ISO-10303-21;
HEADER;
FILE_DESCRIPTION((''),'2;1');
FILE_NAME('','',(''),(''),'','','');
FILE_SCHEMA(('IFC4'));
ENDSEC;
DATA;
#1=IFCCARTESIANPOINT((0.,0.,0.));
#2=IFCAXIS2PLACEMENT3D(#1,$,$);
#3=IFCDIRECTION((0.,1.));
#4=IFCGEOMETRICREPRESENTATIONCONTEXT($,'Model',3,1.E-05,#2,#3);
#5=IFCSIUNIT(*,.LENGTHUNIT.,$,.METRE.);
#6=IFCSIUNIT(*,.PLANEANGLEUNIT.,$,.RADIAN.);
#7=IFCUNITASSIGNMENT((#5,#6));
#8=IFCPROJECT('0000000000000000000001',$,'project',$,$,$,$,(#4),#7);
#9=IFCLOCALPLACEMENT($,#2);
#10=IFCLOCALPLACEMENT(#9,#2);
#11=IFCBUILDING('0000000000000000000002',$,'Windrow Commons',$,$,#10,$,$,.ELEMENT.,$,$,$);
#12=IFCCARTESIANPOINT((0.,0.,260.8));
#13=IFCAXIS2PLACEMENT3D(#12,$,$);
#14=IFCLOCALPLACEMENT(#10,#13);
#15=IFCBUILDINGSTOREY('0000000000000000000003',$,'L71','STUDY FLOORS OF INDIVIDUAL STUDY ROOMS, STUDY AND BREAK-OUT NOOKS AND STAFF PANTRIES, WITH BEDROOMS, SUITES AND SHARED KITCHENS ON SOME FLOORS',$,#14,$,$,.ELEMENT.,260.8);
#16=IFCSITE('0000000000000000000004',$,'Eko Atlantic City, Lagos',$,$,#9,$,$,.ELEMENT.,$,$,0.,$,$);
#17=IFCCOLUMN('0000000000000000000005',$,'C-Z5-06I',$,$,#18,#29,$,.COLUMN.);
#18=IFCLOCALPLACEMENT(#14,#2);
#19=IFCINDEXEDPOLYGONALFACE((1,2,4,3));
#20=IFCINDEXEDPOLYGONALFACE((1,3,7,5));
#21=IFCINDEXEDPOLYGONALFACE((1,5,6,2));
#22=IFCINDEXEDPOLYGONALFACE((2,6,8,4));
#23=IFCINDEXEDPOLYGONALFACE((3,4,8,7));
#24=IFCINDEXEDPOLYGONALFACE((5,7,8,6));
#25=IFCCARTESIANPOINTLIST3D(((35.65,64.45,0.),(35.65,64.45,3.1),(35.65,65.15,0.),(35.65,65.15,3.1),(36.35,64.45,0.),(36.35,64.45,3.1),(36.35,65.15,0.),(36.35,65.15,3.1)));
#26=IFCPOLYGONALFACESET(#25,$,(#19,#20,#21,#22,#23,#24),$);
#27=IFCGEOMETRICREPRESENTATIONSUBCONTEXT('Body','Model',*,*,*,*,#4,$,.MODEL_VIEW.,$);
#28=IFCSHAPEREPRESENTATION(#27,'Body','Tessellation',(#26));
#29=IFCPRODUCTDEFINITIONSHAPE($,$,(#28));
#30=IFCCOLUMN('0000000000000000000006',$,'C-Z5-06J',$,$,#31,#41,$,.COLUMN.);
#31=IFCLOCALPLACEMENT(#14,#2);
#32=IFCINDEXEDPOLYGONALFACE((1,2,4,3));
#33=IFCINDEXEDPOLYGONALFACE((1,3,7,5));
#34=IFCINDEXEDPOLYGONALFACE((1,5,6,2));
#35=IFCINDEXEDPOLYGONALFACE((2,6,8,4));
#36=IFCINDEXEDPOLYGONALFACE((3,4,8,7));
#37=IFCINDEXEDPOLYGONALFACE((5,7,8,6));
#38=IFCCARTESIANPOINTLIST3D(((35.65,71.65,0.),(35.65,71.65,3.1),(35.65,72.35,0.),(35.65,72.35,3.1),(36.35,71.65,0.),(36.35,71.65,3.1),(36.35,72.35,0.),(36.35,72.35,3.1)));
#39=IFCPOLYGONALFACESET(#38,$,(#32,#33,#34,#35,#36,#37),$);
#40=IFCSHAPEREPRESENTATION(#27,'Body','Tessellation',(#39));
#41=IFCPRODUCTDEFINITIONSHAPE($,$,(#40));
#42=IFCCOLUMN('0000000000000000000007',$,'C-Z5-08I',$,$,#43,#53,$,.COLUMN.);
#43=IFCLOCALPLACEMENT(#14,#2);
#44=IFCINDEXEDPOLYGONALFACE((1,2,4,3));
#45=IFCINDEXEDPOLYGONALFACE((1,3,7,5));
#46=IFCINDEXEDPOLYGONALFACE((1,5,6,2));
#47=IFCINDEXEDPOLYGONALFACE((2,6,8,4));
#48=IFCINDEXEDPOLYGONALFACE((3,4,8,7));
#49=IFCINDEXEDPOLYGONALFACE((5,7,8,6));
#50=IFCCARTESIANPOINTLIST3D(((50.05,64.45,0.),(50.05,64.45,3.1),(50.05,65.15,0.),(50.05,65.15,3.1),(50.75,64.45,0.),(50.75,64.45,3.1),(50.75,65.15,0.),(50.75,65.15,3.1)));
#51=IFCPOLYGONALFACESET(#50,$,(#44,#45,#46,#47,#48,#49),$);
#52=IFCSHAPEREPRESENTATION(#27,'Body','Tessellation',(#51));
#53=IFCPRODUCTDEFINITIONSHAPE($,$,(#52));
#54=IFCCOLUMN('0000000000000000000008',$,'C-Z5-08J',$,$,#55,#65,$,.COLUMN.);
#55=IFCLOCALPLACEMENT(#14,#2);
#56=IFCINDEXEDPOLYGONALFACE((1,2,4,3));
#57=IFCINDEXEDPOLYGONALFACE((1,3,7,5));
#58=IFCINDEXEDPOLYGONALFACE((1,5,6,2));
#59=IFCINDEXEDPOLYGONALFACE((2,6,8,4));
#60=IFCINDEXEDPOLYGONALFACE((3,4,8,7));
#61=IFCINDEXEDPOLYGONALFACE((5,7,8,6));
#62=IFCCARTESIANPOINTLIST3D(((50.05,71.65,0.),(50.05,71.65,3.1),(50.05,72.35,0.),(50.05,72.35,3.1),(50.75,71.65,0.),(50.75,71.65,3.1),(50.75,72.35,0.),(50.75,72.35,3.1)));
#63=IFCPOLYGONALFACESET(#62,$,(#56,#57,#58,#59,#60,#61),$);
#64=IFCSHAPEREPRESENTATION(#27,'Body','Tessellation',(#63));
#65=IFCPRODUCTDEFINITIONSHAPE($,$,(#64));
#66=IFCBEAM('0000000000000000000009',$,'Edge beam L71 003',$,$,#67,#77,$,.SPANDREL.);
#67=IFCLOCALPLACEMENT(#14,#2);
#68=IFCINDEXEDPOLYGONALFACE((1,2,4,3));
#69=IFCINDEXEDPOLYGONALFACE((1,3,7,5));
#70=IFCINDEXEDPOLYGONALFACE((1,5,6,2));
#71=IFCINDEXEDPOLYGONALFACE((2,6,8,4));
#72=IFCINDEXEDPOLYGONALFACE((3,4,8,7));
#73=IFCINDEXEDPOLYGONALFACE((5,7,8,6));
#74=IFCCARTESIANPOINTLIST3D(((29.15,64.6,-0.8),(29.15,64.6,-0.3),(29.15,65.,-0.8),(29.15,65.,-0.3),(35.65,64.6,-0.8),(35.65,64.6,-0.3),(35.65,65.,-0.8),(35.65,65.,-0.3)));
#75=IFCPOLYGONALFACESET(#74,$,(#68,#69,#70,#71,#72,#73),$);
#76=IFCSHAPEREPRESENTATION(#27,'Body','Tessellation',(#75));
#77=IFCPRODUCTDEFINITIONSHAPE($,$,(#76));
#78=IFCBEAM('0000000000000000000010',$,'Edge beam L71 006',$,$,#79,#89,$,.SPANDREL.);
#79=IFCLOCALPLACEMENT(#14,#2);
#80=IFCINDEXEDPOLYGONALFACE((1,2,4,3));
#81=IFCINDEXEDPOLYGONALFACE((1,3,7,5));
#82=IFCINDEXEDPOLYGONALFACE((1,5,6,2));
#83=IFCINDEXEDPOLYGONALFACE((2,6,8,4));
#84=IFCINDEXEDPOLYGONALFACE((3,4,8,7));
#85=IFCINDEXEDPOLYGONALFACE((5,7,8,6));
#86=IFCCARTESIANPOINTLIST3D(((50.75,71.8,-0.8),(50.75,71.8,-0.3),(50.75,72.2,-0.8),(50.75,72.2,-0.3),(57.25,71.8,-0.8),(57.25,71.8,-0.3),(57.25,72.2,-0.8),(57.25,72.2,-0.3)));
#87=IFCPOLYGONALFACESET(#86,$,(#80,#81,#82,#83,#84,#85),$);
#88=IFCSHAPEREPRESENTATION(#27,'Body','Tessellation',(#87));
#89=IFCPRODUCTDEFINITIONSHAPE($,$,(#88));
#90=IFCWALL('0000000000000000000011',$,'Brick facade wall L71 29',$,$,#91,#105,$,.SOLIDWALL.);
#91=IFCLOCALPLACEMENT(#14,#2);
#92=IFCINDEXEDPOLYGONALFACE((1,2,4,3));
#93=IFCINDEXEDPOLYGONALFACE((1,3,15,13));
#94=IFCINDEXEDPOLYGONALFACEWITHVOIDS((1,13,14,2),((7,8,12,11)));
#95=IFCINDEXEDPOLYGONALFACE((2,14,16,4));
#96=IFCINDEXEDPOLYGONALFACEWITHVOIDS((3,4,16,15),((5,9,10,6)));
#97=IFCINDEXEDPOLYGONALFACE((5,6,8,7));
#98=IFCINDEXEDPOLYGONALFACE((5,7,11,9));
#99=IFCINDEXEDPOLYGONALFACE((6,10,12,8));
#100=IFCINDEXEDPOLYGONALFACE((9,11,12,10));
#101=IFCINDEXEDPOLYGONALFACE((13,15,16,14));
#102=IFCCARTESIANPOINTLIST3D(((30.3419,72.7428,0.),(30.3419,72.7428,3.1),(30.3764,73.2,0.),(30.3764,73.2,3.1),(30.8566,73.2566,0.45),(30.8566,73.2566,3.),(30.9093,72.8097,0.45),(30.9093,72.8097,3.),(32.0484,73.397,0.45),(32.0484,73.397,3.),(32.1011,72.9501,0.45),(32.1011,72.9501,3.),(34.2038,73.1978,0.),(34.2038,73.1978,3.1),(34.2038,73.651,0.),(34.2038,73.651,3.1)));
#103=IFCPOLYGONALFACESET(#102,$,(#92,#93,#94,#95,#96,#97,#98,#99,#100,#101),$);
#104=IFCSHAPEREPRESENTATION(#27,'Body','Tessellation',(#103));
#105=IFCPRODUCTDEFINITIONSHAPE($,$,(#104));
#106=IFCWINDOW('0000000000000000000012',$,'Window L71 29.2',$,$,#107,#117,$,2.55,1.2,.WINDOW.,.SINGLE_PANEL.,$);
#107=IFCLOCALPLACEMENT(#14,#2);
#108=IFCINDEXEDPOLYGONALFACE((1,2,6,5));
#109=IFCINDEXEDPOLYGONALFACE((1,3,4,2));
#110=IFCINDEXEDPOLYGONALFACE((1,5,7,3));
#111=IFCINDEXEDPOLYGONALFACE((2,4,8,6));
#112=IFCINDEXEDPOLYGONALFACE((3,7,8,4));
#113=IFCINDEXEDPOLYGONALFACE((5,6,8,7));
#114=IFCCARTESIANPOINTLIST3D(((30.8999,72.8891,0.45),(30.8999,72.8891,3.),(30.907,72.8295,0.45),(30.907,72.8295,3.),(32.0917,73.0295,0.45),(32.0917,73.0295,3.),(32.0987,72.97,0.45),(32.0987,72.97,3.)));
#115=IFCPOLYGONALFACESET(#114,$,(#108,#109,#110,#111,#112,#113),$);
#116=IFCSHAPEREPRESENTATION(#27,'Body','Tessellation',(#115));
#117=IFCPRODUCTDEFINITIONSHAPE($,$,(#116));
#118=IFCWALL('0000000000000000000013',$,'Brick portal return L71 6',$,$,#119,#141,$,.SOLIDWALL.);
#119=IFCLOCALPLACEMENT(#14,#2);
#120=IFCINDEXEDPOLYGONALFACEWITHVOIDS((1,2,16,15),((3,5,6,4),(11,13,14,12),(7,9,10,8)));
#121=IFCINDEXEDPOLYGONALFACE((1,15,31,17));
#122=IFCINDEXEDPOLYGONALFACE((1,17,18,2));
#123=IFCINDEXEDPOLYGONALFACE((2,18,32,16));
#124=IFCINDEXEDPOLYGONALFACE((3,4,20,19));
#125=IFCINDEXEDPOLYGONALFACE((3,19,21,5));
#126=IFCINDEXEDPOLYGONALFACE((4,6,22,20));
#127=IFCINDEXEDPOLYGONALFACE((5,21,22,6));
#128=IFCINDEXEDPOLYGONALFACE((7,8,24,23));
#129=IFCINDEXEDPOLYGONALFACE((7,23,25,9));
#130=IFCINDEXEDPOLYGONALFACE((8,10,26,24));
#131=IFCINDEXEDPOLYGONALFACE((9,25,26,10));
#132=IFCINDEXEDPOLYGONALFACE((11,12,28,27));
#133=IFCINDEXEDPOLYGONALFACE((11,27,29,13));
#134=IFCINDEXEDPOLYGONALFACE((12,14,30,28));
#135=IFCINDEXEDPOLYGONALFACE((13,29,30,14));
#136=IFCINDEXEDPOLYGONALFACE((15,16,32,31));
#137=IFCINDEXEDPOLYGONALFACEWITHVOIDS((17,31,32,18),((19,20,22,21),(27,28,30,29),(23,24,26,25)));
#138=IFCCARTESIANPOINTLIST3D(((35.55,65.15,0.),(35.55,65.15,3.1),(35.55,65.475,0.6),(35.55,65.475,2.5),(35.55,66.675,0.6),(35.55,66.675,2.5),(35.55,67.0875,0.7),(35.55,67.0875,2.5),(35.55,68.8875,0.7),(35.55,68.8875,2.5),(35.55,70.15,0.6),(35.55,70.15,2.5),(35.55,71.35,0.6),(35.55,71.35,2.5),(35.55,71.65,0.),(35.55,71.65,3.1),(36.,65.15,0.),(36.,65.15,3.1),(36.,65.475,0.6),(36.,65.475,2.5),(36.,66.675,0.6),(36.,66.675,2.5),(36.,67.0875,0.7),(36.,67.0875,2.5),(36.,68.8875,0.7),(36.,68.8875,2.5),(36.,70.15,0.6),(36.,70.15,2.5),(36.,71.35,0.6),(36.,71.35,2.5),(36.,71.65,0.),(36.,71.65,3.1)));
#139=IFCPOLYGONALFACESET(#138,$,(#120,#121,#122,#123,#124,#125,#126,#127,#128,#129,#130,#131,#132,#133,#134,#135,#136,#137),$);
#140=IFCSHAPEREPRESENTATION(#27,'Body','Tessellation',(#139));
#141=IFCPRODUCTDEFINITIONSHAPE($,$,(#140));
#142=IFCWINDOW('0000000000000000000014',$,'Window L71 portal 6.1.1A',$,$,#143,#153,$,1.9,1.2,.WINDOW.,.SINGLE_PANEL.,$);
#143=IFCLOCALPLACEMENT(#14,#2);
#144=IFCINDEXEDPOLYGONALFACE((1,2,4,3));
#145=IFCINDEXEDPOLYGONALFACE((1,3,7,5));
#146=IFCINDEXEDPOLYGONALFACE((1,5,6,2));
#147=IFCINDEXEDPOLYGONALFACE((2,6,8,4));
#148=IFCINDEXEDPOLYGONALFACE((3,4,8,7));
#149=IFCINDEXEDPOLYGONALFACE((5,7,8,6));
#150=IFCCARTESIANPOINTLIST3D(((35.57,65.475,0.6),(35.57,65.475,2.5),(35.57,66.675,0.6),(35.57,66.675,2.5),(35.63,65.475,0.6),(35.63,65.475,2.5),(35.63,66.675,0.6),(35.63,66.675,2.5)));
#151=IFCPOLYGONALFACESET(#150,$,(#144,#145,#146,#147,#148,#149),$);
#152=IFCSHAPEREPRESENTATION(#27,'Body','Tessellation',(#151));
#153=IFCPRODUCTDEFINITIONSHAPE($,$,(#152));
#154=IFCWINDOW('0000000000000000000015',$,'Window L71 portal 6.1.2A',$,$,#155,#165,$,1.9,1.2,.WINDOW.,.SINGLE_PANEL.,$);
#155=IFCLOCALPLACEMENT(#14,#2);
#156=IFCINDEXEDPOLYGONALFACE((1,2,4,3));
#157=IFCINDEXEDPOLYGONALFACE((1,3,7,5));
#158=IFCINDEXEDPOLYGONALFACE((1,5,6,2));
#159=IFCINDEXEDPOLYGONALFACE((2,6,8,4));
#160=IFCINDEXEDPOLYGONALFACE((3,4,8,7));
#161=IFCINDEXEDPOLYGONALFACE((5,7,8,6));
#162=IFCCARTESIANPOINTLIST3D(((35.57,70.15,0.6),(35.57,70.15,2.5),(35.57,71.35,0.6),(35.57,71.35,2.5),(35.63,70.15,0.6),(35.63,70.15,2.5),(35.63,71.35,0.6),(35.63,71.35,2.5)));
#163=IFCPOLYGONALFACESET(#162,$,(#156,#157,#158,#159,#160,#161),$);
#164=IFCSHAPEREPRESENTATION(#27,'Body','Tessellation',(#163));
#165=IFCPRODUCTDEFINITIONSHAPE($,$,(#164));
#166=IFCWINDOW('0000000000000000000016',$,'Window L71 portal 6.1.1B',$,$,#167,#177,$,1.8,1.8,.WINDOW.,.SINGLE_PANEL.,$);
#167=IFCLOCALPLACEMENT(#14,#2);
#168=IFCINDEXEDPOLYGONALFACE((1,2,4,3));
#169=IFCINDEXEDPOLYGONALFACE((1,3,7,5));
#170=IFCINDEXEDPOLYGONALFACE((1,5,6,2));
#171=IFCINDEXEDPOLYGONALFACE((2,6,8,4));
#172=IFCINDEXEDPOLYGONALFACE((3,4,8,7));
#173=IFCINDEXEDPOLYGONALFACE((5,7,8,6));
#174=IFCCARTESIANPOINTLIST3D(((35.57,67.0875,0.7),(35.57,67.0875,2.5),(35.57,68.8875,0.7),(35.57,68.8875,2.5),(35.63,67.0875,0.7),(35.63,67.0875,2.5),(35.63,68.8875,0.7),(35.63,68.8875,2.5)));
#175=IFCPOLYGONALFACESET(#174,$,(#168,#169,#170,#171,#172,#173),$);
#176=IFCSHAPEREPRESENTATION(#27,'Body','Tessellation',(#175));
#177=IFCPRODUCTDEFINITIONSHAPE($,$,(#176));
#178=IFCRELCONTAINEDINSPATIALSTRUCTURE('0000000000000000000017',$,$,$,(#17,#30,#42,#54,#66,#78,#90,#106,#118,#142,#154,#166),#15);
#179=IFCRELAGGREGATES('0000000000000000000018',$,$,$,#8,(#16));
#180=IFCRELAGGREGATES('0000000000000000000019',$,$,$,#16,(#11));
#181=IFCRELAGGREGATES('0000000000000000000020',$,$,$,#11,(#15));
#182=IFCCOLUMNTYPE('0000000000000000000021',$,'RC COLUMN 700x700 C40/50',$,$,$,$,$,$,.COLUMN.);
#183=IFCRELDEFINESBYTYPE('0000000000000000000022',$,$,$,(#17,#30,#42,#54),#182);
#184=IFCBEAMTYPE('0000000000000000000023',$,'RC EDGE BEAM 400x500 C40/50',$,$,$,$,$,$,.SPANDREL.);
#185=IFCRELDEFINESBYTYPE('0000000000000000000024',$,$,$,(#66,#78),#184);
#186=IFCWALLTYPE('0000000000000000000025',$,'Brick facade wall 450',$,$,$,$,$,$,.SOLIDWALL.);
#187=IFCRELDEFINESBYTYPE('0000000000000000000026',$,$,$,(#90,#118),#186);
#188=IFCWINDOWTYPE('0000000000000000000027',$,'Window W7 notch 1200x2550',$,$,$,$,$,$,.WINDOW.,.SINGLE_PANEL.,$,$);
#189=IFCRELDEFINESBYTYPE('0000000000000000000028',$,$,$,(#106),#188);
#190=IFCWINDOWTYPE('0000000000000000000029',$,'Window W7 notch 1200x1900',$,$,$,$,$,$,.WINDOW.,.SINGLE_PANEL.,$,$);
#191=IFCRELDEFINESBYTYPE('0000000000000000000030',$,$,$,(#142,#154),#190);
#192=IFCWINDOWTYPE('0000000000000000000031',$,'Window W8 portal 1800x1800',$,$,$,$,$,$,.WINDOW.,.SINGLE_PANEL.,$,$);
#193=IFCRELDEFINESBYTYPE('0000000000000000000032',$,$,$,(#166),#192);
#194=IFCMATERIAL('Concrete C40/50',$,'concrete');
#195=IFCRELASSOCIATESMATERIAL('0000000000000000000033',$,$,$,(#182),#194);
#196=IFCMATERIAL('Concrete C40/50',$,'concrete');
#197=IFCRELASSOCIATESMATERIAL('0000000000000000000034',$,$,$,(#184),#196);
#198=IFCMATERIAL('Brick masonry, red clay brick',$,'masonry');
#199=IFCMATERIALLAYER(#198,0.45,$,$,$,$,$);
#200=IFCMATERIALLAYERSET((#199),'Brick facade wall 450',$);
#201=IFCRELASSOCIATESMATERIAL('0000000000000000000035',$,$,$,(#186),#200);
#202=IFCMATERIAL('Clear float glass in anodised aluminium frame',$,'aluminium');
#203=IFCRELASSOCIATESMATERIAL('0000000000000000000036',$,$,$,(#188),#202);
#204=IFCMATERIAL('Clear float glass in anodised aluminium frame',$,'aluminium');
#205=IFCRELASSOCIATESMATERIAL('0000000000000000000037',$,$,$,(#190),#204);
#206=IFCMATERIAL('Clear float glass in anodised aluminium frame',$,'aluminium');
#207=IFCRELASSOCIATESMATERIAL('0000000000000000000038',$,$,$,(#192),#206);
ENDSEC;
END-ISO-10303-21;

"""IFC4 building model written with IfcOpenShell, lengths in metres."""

from ifc_helpers import new_model, si_unit, direction, frame, frame_2d, origin, origin_2d, place, context, subcontext, project, spatial, polyline, rectangle, outline, extrude, material, layer, layer_set, material_profile, profile_set, type_object, element, fill, save


model = new_model("IFC4")

# Units and contexts
model_context = context("Model", 3, precision=1e-05, world=origin(), true_north=direction((0.0, 1.0)))
body_context = subcontext(model_context, "Body", "Model", "MODEL_VIEW")
ifc_project = project(units=[si_unit("LENGTHUNIT", "METRE"), si_unit("PLANEANGLEUNIT", "RADIAN")], contexts=[model_context])

# Site, building, storey
site_placement = place(None, origin())
site = spatial("IfcSite", under=ifc_project, at=site_placement, Name="Eko Atlantic City, Lagos", CompositionType="ELEMENT", RefElevation=0.0)
building_placement = place(site_placement, origin())
building = spatial("IfcBuilding", under=site, at=building_placement, Name="Windrow Commons", CompositionType="ELEMENT")
storey_placement = place(building_placement, frame((0.0, 0.0, 260.8)))
storey = spatial("IfcBuildingStorey", under=building, at=storey_placement, Name="L71", Description="STUDY FLOORS OF INDIVIDUAL STUDY ROOMS, STUDY AND BREAK-OUT NOOKS AND STAFF PANTRIES, WITH BEDROOMS, SUITES AND SHARED KITCHENS ON SOME FLOORS", CompositionType="ELEMENT", Elevation=260.8)

# Columns
ifc_material_1 = material(Name="Concrete C40/50", Category="concrete")
ifc_material_profile_1 = material_profile(ifc_material_1, rectangle(XDim=0.7, YDim=0.7, at=origin_2d()))
ifc_profile_set_1 = profile_set([ifc_material_profile_1], Name="Concrete C40/50")
column_type = type_object("IfcColumnType", Name="RC COLUMN 700x700 C40/50", PredefinedType="COLUMN", material=ifc_profile_set_1)
for number, where, z_axis, x_axis, name in (
    (1, (36.0, 64.8, 0.0), (0.0, 0.0, 1.0), (1.0, 0.0, 0.0), "C-Z5-06I"),
    (2, (36.0, 72.0, 0.0), (0.0, 0.0, 1.0), (1.0, 0.0, 0.0), "C-Z5-06J"),
    (3, (50.4, 64.8, 0.0), (0.0, 0.0, 1.0), (1.0, 0.0, 0.0), "C-Z5-08I"),
    (4, (50.4, 72.0, 0.0), (0.0, 0.0, 1.0), (1.0, 0.0, 0.0), "C-Z5-08J"),
):
    element("IfcColumn", number, at=place(storey_placement, frame(where, z_axis=z_axis, x_axis=x_axis)), inside=storey, type_object=column_type, Name=name, PredefinedType="COLUMN", context=body_context, shape_type="SweptSolid", body=[
        extrude(rectangle(XDim=0.7, YDim=0.7, at=origin_2d()), origin(), (0.0, 0.0, 1.0), 3.1),
    ])

# Beams
ifc_material_2 = material(Name="Concrete C40/50", Category="concrete")
ifc_material_profile_2 = material_profile(ifc_material_2, rectangle(XDim=0.4, YDim=0.5, at=origin_2d()))
ifc_profile_set_2 = profile_set([ifc_material_profile_2], Name="Concrete C40/50")
beam_type = type_object("IfcBeamType", Name="RC EDGE BEAM 400x500 C40/50", PredefinedType="SPANDREL", material=ifc_profile_set_2)
for number, where, z_axis, x_axis, name in (
    (5, (35.65, 64.8, -0.55), (-1.0, 0.0, 0.0), (0.0, -1.0, 0.0), "Edge beam L71 003"),
    (6, (50.75, 72.0, -0.55), (1.0, 0.0, 0.0), (0.0, 1.0, 0.0), "Edge beam L71 006"),
):
    element("IfcBeam", number, at=place(storey_placement, frame(where, z_axis=z_axis, x_axis=x_axis)), inside=storey, type_object=beam_type, Name=name, PredefinedType="SPANDREL", context=body_context, shape_type="SweptSolid", body=[
        extrude(rectangle(XDim=0.4, YDim=0.5, at=origin_2d()), origin(), (0.0, 0.0, 1.0), 6.5),
    ])

# Wall, opening, window
ifc_material_3 = material(Name="Brick masonry, red clay brick", Category="masonry")
ifc_layer_1 = layer(ifc_material_3, 0.45)
ifc_layer_set_1 = layer_set([ifc_layer_1], Name="Brick facade wall 450")
wall_type_1 = type_object("IfcWallType", Name="Brick facade wall 450", PredefinedType="SOLIDWALL", material=ifc_layer_set_1)
wall_1_placement = place(storey_placement, frame((34.2038, 73.4244, 0.0), z_axis=(0.0, 0.0, 1.0), x_axis=(-0.99313, -0.117015, 0.0)))
wall_1 = element("IfcWall", 7, at=wall_1_placement, inside=storey, type_object=wall_type_1, Name="Brick facade wall L71 29", PredefinedType="SOLIDWALL", context=body_context, shape_type="SweptSolid", body=[
    extrude(outline(polyline([(-0.0265, -0.225), (3.8274, -0.225), (3.9151, 0.225), (0.0265, 0.225), (-0.0265, -0.225)])), origin(), (0.0, 0.0, 1.0), 3.1),
])
opening_1_placement = place(wall_1_placement, frame((2.1438, 0.0, 0.45)))
opening_1 = element("IfcOpeningElement", 8, at=opening_1_placement, cuts=wall_1, PredefinedType="OPENING", context=body_context, shape_type="SweptSolid", body=[
    extrude(rectangle(XDim=1.2, YDim=2.55, at=frame_2d((0.6, 1.275))), frame((0.0, 0.235, 0.0), z_axis=(0.0, -1.0, 0.0), x_axis=(1.0, 0.0, 0.0)), (0.0, 0.0, 1.0), 0.47),
])
ifc_material_4 = material(Name="Clear float glass in anodised aluminium frame", Category="aluminium")
window_type_1 = type_object("IfcWindowType", Name="Window W7 notch 1200x2550", PartitioningType="SINGLE_PANEL", PredefinedType="WINDOW", material=ifc_material_4)
window_1_placement = place(opening_1_placement, origin())
window_1 = element("IfcWindow", 9, at=window_1_placement, inside=storey, type_object=window_type_1, Name="Window L71 29.2", OverallHeight=2.55, OverallWidth=1.2, PartitioningType="SINGLE_PANEL", PredefinedType="WINDOW", context=body_context, shape_type="SweptSolid", body=[
    extrude(rectangle(XDim=1.2, YDim=2.55, at=frame_2d((0.6, 1.275))), frame((0.0, 0.205, 0.0), z_axis=(0.0, -1.0, 0.0), x_axis=(1.0, 0.0, 0.0)), (0.0, 0.0, 1.0), 0.06),
])
fill(opening_1, window_1)

# Wall, openings, windows
wall_2_placement = place(storey_placement, frame((35.775, 65.15, 0.0), z_axis=(0.0, 0.0, 1.0), x_axis=(0.0, 1.0, 0.0)))
wall_2 = element("IfcWall", 10, at=wall_2_placement, inside=storey, type_object=wall_type_1, Name="Brick portal return L71 6", PredefinedType="SOLIDWALL", context=body_context, shape_type="SweptSolid", body=[
    extrude(rectangle(XDim=6.5, YDim=0.45, at=frame_2d((3.25, 0.0))), origin(), (0.0, 0.0, 1.0), 3.1),
])
opening_2_placement = place(wall_2_placement, frame((0.325, 0.0, 0.6)))
opening_2 = element("IfcOpeningElement", 11, at=opening_2_placement, cuts=wall_2, PredefinedType="OPENING", context=body_context, shape_type="SweptSolid", body=[
    extrude(rectangle(XDim=1.2, YDim=1.9, at=frame_2d((0.6, 0.95))), frame((0.0, 0.235, 0.0), z_axis=(0.0, -1.0, 0.0), x_axis=(1.0, 0.0, 0.0)), (0.0, 0.0, 1.0), 0.47),
])
opening_3_placement = place(wall_2_placement, frame((1.9375, 0.0, 0.7)))
opening_3 = element("IfcOpeningElement", 12, at=opening_3_placement, cuts=wall_2, PredefinedType="OPENING", context=body_context, shape_type="SweptSolid", body=[
    extrude(rectangle(XDim=1.8, YDim=1.8, at=frame_2d((0.9, 0.9))), frame((0.0, 0.235, 0.0), z_axis=(0.0, -1.0, 0.0), x_axis=(1.0, 0.0, 0.0)), (0.0, 0.0, 1.0), 0.47),
])
opening_4_placement = place(wall_2_placement, frame((5.0, 0.0, 0.6)))
opening_4 = element("IfcOpeningElement", 13, at=opening_4_placement, cuts=wall_2, PredefinedType="OPENING", context=body_context, shape_type="SweptSolid", body=[
    extrude(rectangle(XDim=1.2, YDim=1.9, at=frame_2d((0.6, 0.95))), frame((0.0, 0.235, 0.0), z_axis=(0.0, -1.0, 0.0), x_axis=(1.0, 0.0, 0.0)), (0.0, 0.0, 1.0), 0.47),
])
ifc_material_5 = material(Name="Clear float glass in anodised aluminium frame", Category="aluminium")
window_type_2 = type_object("IfcWindowType", Name="Window W7 notch 1200x1900", PartitioningType="SINGLE_PANEL", PredefinedType="WINDOW", material=ifc_material_5)
window_2_placement = place(opening_2_placement, origin())
window_2 = element("IfcWindow", 14, at=window_2_placement, inside=storey, type_object=window_type_2, Name="Window L71 portal 6.1.1A", OverallHeight=1.9, OverallWidth=1.2, PartitioningType="SINGLE_PANEL", PredefinedType="WINDOW", context=body_context, shape_type="SweptSolid", body=[
    extrude(rectangle(XDim=1.2, YDim=1.9, at=frame_2d((0.6, 0.95))), frame((0.0, 0.205, 0.0), z_axis=(0.0, -1.0, 0.0), x_axis=(1.0, 0.0, 0.0)), (0.0, 0.0, 1.0), 0.06),
])
fill(opening_2, window_2)
window_3_placement = place(opening_4_placement, origin())
window_3 = element("IfcWindow", 15, at=window_3_placement, inside=storey, type_object=window_type_2, Name="Window L71 portal 6.1.2A", OverallHeight=1.9, OverallWidth=1.2, PartitioningType="SINGLE_PANEL", PredefinedType="WINDOW", context=body_context, shape_type="SweptSolid", body=[
    extrude(rectangle(XDim=1.2, YDim=1.9, at=frame_2d((0.6, 0.95))), frame((0.0, 0.205, 0.0), z_axis=(0.0, -1.0, 0.0), x_axis=(1.0, 0.0, 0.0)), (0.0, 0.0, 1.0), 0.06),
])
fill(opening_4, window_3)
ifc_material_6 = material(Name="Clear float glass in anodised aluminium frame", Category="aluminium")
window_type_3 = type_object("IfcWindowType", Name="Window W8 portal 1800x1800", PartitioningType="SINGLE_PANEL", PredefinedType="WINDOW", material=ifc_material_6)
window_4_placement = place(opening_3_placement, origin())
window_4 = element("IfcWindow", 16, at=window_4_placement, inside=storey, type_object=window_type_3, Name="Window L71 portal 6.1.1B", OverallHeight=1.8, OverallWidth=1.8, PartitioningType="SINGLE_PANEL", PredefinedType="WINDOW", context=body_context, shape_type="SweptSolid", body=[
    extrude(rectangle(XDim=1.8, YDim=1.8, at=frame_2d((0.9, 0.9))), frame((0.0, 0.205, 0.0), z_axis=(0.0, -1.0, 0.0), x_axis=(1.0, 0.0, 0.0)), (0.0, 0.0, 1.0), 0.06),
])
fill(opening_3, window_4)

save(model, "model.ifc")
